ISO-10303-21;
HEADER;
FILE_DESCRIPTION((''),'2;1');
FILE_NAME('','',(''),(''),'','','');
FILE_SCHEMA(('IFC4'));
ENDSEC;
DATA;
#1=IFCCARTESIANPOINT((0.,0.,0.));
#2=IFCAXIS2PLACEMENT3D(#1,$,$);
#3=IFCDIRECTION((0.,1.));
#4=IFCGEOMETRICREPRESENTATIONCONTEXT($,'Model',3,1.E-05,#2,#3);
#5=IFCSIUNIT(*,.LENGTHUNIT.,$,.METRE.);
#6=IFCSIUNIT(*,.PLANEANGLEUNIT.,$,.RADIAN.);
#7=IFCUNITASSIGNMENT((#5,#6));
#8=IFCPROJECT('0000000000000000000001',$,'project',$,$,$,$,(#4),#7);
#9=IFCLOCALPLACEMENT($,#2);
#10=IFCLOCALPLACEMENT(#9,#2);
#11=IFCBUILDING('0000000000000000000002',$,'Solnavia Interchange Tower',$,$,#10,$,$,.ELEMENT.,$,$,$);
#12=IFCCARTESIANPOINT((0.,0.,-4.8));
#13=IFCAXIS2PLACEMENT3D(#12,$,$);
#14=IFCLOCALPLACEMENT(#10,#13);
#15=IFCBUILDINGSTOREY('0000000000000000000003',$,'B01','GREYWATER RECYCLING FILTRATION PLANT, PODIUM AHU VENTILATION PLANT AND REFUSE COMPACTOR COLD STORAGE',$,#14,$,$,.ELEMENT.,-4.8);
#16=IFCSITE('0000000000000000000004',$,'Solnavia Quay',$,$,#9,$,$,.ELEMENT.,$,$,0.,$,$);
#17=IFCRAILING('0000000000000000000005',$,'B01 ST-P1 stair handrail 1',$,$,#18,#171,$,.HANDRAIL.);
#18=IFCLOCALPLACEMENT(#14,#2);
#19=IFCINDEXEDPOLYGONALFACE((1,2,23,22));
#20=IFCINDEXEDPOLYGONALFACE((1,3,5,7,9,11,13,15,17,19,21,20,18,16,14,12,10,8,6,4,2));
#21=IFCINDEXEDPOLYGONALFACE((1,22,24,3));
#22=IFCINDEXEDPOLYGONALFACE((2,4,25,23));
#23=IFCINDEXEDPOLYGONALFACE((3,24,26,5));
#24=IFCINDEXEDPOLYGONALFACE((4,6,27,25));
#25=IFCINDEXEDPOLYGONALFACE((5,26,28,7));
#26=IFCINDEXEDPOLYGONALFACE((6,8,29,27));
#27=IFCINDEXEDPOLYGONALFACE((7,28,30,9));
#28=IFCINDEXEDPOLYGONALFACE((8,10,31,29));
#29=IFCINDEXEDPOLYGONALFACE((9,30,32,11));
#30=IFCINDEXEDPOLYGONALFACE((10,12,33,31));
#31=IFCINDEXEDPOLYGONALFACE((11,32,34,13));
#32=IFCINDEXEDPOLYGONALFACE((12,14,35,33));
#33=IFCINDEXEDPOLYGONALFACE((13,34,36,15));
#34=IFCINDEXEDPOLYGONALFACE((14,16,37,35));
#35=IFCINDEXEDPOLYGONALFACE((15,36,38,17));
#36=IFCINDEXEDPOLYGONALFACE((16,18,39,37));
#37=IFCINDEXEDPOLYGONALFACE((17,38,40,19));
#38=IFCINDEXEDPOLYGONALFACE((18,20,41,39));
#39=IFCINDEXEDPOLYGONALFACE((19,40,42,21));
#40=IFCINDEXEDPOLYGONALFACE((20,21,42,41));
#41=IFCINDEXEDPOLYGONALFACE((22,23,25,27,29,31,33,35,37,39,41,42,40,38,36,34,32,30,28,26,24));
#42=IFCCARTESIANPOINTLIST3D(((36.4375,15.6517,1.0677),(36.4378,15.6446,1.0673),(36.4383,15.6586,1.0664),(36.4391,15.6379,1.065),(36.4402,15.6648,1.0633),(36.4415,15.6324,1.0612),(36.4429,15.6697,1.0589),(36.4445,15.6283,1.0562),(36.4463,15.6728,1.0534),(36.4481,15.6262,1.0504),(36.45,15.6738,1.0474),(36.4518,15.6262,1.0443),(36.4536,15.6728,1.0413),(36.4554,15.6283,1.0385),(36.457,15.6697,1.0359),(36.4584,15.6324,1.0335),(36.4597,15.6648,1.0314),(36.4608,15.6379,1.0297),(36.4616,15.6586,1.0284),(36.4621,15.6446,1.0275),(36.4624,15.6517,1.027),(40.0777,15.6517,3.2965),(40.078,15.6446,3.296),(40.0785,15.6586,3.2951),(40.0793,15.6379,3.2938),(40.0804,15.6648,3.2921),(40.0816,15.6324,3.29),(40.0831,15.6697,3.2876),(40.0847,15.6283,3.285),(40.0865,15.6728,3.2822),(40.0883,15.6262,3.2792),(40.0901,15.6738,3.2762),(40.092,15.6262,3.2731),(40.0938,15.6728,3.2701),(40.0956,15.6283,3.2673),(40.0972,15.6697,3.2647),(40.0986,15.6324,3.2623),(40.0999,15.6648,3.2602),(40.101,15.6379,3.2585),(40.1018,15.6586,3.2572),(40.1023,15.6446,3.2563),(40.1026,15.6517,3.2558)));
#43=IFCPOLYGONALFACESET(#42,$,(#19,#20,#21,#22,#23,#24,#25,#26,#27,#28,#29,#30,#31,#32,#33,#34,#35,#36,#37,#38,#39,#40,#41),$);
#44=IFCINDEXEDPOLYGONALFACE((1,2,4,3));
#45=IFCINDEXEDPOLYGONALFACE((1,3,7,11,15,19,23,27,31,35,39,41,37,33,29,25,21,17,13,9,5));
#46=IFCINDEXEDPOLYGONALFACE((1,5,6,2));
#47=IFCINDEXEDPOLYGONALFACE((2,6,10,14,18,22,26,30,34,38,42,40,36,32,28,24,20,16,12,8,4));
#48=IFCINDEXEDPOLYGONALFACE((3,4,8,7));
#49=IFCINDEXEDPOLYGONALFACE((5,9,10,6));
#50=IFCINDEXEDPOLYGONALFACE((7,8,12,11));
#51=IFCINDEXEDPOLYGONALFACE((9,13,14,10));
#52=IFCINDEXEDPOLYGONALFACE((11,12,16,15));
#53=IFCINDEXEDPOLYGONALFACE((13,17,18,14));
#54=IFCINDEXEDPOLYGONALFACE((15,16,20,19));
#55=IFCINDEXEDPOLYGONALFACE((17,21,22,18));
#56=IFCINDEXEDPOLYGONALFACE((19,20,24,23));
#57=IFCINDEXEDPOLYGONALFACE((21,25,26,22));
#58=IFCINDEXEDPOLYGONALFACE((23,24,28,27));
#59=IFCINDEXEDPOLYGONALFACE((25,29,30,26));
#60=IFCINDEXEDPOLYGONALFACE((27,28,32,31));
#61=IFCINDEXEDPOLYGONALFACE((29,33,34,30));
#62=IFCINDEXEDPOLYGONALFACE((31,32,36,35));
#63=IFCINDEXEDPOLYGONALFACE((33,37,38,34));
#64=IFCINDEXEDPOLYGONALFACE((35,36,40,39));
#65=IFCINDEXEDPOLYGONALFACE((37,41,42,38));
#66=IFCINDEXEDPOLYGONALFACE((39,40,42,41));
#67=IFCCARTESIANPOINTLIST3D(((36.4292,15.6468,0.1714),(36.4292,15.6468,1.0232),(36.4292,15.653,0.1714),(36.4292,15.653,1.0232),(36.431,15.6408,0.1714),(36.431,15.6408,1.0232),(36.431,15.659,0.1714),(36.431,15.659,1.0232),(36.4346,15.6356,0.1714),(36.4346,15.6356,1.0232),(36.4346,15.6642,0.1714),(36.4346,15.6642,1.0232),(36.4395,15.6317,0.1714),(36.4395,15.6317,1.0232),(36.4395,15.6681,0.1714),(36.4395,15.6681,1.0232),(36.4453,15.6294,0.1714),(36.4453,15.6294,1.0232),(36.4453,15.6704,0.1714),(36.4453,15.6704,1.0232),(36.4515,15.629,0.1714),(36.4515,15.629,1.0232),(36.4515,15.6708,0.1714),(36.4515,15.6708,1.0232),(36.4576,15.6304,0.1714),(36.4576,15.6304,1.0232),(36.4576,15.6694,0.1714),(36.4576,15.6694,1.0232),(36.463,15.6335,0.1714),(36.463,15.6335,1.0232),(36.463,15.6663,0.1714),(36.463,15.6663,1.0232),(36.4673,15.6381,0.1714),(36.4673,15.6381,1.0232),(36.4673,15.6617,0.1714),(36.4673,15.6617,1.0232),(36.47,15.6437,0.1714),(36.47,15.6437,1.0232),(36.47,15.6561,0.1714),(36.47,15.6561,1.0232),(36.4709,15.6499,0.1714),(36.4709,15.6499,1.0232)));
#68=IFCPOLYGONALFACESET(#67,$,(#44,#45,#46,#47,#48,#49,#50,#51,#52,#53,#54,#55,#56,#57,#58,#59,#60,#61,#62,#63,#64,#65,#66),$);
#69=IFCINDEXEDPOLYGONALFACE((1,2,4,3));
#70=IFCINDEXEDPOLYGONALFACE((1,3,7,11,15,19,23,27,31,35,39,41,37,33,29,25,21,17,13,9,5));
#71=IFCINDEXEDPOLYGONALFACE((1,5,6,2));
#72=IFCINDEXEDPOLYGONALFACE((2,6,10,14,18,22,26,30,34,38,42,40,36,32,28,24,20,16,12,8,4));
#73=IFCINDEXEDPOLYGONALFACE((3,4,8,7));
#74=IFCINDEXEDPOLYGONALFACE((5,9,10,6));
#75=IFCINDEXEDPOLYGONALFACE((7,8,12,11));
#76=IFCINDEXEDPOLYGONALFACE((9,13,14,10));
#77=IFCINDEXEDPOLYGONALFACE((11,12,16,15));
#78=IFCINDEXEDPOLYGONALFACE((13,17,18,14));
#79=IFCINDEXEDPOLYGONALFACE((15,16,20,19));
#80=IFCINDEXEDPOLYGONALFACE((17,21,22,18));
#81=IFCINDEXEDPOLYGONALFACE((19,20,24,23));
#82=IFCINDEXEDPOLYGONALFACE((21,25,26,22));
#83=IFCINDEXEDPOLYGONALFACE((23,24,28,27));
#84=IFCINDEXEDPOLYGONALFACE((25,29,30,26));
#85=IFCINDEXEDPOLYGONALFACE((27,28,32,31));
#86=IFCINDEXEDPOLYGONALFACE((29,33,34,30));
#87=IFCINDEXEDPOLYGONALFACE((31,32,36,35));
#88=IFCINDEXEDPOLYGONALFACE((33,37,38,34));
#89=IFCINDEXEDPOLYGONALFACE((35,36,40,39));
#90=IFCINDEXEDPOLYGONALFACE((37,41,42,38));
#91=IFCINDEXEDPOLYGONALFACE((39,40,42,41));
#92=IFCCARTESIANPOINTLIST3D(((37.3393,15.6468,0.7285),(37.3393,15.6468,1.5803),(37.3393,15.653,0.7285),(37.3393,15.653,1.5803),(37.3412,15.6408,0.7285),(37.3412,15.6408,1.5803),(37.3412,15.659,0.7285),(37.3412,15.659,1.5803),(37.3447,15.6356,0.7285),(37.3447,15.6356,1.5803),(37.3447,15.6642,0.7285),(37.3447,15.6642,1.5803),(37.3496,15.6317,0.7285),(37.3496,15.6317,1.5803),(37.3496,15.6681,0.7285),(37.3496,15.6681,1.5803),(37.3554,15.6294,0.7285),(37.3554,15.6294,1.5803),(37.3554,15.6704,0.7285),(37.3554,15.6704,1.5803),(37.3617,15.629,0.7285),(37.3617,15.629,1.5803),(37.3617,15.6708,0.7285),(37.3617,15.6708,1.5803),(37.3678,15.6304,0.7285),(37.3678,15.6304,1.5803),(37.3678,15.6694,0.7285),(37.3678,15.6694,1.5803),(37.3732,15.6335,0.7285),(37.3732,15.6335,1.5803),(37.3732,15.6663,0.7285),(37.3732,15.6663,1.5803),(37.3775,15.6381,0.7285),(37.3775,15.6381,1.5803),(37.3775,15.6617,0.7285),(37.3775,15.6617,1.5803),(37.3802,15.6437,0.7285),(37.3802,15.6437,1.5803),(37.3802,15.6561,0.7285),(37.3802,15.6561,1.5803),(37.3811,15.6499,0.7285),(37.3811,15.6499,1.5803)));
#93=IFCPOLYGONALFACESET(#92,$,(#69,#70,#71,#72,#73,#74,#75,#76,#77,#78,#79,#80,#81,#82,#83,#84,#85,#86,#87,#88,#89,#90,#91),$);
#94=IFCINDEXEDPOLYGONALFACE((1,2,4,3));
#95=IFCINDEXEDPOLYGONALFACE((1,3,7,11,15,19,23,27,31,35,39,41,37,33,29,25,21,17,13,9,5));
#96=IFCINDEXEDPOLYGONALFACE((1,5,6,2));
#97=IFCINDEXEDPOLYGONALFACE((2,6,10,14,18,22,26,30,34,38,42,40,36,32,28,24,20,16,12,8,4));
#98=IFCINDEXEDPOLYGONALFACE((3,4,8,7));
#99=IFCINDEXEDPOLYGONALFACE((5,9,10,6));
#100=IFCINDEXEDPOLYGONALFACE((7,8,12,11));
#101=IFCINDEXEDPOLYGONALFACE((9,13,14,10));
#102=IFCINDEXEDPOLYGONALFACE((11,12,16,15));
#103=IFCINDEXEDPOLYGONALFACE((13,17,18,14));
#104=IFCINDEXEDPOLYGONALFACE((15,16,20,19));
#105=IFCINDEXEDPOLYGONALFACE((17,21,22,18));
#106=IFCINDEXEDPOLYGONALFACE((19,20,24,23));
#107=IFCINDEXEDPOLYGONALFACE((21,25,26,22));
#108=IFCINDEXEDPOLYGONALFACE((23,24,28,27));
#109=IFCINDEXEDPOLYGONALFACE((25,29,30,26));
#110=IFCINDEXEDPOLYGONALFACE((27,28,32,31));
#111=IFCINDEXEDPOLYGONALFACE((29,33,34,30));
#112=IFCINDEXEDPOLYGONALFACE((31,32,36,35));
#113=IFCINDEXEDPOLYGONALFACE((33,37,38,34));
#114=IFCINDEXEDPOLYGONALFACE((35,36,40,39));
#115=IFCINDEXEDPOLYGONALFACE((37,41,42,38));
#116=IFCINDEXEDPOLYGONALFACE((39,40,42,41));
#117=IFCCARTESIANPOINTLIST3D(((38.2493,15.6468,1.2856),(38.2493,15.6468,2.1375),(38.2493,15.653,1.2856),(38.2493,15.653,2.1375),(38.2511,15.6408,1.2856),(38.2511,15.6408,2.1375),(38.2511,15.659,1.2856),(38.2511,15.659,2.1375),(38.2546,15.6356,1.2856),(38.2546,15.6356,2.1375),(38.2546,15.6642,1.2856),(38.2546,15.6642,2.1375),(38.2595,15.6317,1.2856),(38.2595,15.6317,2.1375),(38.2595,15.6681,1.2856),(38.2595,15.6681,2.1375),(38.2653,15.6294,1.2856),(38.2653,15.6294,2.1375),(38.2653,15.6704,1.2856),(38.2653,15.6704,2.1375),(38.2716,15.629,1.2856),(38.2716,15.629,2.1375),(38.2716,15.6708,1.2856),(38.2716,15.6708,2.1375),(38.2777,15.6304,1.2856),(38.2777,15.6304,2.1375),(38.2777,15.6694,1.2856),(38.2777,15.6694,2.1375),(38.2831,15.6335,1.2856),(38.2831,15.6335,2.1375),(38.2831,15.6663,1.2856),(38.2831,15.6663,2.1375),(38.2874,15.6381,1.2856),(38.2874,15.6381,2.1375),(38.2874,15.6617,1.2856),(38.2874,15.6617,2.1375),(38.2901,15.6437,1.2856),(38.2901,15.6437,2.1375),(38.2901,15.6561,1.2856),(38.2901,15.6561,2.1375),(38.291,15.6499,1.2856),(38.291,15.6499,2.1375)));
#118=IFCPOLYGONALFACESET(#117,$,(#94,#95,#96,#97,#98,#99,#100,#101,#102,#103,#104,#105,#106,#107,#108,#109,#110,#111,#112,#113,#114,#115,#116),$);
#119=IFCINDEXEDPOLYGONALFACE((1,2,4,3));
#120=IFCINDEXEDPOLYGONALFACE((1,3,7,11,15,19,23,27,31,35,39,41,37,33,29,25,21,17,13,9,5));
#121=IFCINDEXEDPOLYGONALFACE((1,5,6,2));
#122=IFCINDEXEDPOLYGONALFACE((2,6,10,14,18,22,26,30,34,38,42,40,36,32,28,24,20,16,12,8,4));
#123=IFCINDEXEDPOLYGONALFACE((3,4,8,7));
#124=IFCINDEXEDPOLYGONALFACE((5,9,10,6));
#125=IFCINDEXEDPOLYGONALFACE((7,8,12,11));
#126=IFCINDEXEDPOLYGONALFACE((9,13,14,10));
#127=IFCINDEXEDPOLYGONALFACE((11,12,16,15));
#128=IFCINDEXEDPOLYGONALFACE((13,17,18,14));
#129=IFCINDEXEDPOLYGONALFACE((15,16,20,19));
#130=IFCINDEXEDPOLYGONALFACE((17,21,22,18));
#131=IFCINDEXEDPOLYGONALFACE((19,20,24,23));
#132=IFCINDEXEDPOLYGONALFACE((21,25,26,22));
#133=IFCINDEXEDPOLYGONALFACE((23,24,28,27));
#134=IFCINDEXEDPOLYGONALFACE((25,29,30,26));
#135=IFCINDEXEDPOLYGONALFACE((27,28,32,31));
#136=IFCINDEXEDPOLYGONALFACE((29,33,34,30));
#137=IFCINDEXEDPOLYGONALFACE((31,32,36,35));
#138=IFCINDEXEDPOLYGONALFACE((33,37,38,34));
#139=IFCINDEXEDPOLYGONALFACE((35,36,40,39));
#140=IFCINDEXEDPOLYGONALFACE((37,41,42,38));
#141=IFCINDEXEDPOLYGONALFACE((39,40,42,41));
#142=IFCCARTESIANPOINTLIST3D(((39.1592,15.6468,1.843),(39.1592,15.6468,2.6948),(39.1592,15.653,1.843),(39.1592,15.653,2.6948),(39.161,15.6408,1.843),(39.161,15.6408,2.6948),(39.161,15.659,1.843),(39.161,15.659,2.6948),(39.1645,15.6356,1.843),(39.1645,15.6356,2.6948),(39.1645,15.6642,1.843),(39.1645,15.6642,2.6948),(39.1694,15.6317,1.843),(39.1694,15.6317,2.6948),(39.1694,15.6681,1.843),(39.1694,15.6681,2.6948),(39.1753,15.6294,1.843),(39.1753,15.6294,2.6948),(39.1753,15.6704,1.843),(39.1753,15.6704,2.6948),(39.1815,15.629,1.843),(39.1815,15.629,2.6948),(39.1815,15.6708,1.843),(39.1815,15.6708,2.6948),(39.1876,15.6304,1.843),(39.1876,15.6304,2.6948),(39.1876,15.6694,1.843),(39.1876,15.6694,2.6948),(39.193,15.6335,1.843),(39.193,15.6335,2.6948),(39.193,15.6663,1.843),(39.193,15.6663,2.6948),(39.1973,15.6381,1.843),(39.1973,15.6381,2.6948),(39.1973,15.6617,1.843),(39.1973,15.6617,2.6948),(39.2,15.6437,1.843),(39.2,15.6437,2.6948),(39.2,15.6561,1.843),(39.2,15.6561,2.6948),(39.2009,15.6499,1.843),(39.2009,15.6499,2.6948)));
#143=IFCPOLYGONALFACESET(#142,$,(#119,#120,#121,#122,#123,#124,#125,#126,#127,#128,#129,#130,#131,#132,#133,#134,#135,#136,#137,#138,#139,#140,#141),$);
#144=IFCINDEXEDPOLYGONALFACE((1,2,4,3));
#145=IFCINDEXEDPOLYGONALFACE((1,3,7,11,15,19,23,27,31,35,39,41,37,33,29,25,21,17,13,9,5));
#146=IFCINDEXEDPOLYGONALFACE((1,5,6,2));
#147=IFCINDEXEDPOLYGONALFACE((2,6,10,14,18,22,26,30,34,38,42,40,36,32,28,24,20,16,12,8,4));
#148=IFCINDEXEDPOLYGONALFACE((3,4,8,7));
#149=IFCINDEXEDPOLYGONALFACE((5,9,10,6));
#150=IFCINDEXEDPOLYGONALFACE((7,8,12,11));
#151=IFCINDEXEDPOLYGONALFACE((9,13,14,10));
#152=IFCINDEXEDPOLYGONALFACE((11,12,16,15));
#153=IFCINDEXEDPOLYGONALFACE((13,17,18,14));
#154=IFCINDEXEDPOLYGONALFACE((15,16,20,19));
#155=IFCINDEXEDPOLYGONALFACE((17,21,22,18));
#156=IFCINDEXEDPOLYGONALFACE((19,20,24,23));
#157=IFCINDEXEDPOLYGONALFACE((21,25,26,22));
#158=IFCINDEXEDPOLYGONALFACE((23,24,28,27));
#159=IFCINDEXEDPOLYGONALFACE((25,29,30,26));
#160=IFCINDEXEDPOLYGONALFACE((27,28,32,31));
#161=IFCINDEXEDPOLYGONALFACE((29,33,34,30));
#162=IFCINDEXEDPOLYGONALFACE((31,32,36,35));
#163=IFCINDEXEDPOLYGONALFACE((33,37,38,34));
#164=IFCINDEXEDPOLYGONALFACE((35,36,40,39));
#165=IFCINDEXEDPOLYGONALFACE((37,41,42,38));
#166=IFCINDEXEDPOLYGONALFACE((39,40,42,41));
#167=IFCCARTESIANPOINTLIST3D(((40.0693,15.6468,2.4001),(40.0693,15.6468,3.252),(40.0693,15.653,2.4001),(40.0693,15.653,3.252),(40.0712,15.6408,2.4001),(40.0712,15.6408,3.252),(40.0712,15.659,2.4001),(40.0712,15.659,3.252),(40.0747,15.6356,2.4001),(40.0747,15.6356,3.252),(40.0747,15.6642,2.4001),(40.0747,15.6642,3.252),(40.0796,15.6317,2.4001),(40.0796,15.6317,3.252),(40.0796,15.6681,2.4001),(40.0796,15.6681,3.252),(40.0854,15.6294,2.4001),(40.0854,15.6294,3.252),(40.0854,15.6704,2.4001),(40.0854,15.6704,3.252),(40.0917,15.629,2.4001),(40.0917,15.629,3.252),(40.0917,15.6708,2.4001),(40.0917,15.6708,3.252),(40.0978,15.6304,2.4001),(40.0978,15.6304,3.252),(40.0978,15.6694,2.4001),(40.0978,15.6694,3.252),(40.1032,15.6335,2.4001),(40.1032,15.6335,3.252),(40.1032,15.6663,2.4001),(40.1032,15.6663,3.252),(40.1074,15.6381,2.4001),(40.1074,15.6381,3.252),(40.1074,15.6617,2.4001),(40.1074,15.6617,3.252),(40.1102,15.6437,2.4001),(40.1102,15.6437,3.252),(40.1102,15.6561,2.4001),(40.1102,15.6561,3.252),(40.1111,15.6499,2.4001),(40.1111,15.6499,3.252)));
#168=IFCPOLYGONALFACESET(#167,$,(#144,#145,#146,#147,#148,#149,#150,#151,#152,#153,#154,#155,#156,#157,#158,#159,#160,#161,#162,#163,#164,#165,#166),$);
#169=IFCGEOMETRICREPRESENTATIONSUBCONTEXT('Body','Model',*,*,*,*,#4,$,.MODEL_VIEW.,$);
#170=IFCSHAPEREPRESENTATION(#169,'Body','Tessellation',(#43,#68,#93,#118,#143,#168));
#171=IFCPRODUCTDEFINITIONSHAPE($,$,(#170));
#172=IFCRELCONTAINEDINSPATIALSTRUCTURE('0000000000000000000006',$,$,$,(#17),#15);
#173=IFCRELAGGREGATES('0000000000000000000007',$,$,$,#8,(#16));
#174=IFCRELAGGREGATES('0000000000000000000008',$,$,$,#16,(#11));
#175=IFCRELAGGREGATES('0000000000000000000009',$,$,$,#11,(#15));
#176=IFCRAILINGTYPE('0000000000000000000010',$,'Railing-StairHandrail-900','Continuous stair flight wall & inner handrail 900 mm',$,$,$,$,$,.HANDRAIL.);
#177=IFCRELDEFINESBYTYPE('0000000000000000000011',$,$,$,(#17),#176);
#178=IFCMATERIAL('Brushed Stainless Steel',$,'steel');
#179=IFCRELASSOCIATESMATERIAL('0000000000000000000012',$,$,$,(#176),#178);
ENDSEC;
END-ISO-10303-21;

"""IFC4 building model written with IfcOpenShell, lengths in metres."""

from ifc_helpers import new_model, si_unit, direction, frame, origin, origin_2d, place, context, subcontext, project, spatial, circle, extrude, material, type_object, element, save


model = new_model("IFC4")

# Units and contexts
model_context = context("Model", 3, precision=1e-05, world=origin(), true_north=direction((0.0, 1.0)))
body_context = subcontext(model_context, "Body", "Model", "MODEL_VIEW")
ifc_project = project(units=[si_unit("LENGTHUNIT", "METRE"), si_unit("PLANEANGLEUNIT", "RADIAN")], contexts=[model_context])

# Site, building, storey
site_placement = place(None, origin())
site = spatial("IfcSite", under=ifc_project, at=site_placement, Name="Solnavia Quay", CompositionType="ELEMENT", RefElevation=0.0)
building_placement = place(site_placement, origin())
building = spatial("IfcBuilding", under=site, at=building_placement, Name="Solnavia Interchange Tower", CompositionType="ELEMENT")
storey_placement = place(building_placement, frame((0.0, 0.0, -4.8)))
storey = spatial("IfcBuildingStorey", under=building, at=storey_placement, Name="B01", Description="GREYWATER RECYCLING FILTRATION PLANT, PODIUM AHU VENTILATION PLANT AND REFUSE COMPACTOR COLD STORAGE", CompositionType="ELEMENT", Elevation=-4.8)

# Railing
ifc_material_1 = material(Name="Brushed Stainless Steel", Category="steel")
railing_type_1 = type_object("IfcRailingType", Name="Railing-StairHandrail-900", Description="Continuous stair flight wall & inner handrail 900 mm", PredefinedType="HANDRAIL", material=ifc_material_1)
railing_1_placement = place(storey_placement, frame((36.45, 15.6499, 0.1714)))
element("IfcRailing", 1, at=railing_1_placement, inside=storey, type_object=railing_type_1, Name="B01 ST-P1 stair handrail 1", PredefinedType="HANDRAIL", context=body_context, shape_type="SweptSolid", body=[
    extrude(circle(Radius=0.0239, at=origin_2d()), frame((0.0, 0.0, 0.876), z_axis=(0.85284, 0.0, 0.522172), x_axis=(0.0, 1.0, 0.0)), (0.0, 0.0, 1.0), 4.2683),
    extrude(circle(Radius=0.021, at=origin_2d()), origin(), (0.0, 0.0, 1.0), 0.8518),
    extrude(circle(Radius=0.021, at=origin_2d()), frame((0.9102, 0.0, 0.5571)), (0.0, 0.0, 1.0), 0.8518),
    extrude(circle(Radius=0.021, at=origin_2d()), frame((1.8201, 0.0, 1.1143)), (0.0, 0.0, 1.0), 0.8518),
    extrude(circle(Radius=0.021, at=origin_2d()), frame((2.73, 0.0, 1.6716)), (0.0, 0.0, 1.0), 0.8518),
    extrude(circle(Radius=0.021, at=origin_2d()), frame((3.6401, 0.0, 2.2288)), (0.0, 0.0, 1.0), 0.8518),
])

save(model, "model.ifc")
